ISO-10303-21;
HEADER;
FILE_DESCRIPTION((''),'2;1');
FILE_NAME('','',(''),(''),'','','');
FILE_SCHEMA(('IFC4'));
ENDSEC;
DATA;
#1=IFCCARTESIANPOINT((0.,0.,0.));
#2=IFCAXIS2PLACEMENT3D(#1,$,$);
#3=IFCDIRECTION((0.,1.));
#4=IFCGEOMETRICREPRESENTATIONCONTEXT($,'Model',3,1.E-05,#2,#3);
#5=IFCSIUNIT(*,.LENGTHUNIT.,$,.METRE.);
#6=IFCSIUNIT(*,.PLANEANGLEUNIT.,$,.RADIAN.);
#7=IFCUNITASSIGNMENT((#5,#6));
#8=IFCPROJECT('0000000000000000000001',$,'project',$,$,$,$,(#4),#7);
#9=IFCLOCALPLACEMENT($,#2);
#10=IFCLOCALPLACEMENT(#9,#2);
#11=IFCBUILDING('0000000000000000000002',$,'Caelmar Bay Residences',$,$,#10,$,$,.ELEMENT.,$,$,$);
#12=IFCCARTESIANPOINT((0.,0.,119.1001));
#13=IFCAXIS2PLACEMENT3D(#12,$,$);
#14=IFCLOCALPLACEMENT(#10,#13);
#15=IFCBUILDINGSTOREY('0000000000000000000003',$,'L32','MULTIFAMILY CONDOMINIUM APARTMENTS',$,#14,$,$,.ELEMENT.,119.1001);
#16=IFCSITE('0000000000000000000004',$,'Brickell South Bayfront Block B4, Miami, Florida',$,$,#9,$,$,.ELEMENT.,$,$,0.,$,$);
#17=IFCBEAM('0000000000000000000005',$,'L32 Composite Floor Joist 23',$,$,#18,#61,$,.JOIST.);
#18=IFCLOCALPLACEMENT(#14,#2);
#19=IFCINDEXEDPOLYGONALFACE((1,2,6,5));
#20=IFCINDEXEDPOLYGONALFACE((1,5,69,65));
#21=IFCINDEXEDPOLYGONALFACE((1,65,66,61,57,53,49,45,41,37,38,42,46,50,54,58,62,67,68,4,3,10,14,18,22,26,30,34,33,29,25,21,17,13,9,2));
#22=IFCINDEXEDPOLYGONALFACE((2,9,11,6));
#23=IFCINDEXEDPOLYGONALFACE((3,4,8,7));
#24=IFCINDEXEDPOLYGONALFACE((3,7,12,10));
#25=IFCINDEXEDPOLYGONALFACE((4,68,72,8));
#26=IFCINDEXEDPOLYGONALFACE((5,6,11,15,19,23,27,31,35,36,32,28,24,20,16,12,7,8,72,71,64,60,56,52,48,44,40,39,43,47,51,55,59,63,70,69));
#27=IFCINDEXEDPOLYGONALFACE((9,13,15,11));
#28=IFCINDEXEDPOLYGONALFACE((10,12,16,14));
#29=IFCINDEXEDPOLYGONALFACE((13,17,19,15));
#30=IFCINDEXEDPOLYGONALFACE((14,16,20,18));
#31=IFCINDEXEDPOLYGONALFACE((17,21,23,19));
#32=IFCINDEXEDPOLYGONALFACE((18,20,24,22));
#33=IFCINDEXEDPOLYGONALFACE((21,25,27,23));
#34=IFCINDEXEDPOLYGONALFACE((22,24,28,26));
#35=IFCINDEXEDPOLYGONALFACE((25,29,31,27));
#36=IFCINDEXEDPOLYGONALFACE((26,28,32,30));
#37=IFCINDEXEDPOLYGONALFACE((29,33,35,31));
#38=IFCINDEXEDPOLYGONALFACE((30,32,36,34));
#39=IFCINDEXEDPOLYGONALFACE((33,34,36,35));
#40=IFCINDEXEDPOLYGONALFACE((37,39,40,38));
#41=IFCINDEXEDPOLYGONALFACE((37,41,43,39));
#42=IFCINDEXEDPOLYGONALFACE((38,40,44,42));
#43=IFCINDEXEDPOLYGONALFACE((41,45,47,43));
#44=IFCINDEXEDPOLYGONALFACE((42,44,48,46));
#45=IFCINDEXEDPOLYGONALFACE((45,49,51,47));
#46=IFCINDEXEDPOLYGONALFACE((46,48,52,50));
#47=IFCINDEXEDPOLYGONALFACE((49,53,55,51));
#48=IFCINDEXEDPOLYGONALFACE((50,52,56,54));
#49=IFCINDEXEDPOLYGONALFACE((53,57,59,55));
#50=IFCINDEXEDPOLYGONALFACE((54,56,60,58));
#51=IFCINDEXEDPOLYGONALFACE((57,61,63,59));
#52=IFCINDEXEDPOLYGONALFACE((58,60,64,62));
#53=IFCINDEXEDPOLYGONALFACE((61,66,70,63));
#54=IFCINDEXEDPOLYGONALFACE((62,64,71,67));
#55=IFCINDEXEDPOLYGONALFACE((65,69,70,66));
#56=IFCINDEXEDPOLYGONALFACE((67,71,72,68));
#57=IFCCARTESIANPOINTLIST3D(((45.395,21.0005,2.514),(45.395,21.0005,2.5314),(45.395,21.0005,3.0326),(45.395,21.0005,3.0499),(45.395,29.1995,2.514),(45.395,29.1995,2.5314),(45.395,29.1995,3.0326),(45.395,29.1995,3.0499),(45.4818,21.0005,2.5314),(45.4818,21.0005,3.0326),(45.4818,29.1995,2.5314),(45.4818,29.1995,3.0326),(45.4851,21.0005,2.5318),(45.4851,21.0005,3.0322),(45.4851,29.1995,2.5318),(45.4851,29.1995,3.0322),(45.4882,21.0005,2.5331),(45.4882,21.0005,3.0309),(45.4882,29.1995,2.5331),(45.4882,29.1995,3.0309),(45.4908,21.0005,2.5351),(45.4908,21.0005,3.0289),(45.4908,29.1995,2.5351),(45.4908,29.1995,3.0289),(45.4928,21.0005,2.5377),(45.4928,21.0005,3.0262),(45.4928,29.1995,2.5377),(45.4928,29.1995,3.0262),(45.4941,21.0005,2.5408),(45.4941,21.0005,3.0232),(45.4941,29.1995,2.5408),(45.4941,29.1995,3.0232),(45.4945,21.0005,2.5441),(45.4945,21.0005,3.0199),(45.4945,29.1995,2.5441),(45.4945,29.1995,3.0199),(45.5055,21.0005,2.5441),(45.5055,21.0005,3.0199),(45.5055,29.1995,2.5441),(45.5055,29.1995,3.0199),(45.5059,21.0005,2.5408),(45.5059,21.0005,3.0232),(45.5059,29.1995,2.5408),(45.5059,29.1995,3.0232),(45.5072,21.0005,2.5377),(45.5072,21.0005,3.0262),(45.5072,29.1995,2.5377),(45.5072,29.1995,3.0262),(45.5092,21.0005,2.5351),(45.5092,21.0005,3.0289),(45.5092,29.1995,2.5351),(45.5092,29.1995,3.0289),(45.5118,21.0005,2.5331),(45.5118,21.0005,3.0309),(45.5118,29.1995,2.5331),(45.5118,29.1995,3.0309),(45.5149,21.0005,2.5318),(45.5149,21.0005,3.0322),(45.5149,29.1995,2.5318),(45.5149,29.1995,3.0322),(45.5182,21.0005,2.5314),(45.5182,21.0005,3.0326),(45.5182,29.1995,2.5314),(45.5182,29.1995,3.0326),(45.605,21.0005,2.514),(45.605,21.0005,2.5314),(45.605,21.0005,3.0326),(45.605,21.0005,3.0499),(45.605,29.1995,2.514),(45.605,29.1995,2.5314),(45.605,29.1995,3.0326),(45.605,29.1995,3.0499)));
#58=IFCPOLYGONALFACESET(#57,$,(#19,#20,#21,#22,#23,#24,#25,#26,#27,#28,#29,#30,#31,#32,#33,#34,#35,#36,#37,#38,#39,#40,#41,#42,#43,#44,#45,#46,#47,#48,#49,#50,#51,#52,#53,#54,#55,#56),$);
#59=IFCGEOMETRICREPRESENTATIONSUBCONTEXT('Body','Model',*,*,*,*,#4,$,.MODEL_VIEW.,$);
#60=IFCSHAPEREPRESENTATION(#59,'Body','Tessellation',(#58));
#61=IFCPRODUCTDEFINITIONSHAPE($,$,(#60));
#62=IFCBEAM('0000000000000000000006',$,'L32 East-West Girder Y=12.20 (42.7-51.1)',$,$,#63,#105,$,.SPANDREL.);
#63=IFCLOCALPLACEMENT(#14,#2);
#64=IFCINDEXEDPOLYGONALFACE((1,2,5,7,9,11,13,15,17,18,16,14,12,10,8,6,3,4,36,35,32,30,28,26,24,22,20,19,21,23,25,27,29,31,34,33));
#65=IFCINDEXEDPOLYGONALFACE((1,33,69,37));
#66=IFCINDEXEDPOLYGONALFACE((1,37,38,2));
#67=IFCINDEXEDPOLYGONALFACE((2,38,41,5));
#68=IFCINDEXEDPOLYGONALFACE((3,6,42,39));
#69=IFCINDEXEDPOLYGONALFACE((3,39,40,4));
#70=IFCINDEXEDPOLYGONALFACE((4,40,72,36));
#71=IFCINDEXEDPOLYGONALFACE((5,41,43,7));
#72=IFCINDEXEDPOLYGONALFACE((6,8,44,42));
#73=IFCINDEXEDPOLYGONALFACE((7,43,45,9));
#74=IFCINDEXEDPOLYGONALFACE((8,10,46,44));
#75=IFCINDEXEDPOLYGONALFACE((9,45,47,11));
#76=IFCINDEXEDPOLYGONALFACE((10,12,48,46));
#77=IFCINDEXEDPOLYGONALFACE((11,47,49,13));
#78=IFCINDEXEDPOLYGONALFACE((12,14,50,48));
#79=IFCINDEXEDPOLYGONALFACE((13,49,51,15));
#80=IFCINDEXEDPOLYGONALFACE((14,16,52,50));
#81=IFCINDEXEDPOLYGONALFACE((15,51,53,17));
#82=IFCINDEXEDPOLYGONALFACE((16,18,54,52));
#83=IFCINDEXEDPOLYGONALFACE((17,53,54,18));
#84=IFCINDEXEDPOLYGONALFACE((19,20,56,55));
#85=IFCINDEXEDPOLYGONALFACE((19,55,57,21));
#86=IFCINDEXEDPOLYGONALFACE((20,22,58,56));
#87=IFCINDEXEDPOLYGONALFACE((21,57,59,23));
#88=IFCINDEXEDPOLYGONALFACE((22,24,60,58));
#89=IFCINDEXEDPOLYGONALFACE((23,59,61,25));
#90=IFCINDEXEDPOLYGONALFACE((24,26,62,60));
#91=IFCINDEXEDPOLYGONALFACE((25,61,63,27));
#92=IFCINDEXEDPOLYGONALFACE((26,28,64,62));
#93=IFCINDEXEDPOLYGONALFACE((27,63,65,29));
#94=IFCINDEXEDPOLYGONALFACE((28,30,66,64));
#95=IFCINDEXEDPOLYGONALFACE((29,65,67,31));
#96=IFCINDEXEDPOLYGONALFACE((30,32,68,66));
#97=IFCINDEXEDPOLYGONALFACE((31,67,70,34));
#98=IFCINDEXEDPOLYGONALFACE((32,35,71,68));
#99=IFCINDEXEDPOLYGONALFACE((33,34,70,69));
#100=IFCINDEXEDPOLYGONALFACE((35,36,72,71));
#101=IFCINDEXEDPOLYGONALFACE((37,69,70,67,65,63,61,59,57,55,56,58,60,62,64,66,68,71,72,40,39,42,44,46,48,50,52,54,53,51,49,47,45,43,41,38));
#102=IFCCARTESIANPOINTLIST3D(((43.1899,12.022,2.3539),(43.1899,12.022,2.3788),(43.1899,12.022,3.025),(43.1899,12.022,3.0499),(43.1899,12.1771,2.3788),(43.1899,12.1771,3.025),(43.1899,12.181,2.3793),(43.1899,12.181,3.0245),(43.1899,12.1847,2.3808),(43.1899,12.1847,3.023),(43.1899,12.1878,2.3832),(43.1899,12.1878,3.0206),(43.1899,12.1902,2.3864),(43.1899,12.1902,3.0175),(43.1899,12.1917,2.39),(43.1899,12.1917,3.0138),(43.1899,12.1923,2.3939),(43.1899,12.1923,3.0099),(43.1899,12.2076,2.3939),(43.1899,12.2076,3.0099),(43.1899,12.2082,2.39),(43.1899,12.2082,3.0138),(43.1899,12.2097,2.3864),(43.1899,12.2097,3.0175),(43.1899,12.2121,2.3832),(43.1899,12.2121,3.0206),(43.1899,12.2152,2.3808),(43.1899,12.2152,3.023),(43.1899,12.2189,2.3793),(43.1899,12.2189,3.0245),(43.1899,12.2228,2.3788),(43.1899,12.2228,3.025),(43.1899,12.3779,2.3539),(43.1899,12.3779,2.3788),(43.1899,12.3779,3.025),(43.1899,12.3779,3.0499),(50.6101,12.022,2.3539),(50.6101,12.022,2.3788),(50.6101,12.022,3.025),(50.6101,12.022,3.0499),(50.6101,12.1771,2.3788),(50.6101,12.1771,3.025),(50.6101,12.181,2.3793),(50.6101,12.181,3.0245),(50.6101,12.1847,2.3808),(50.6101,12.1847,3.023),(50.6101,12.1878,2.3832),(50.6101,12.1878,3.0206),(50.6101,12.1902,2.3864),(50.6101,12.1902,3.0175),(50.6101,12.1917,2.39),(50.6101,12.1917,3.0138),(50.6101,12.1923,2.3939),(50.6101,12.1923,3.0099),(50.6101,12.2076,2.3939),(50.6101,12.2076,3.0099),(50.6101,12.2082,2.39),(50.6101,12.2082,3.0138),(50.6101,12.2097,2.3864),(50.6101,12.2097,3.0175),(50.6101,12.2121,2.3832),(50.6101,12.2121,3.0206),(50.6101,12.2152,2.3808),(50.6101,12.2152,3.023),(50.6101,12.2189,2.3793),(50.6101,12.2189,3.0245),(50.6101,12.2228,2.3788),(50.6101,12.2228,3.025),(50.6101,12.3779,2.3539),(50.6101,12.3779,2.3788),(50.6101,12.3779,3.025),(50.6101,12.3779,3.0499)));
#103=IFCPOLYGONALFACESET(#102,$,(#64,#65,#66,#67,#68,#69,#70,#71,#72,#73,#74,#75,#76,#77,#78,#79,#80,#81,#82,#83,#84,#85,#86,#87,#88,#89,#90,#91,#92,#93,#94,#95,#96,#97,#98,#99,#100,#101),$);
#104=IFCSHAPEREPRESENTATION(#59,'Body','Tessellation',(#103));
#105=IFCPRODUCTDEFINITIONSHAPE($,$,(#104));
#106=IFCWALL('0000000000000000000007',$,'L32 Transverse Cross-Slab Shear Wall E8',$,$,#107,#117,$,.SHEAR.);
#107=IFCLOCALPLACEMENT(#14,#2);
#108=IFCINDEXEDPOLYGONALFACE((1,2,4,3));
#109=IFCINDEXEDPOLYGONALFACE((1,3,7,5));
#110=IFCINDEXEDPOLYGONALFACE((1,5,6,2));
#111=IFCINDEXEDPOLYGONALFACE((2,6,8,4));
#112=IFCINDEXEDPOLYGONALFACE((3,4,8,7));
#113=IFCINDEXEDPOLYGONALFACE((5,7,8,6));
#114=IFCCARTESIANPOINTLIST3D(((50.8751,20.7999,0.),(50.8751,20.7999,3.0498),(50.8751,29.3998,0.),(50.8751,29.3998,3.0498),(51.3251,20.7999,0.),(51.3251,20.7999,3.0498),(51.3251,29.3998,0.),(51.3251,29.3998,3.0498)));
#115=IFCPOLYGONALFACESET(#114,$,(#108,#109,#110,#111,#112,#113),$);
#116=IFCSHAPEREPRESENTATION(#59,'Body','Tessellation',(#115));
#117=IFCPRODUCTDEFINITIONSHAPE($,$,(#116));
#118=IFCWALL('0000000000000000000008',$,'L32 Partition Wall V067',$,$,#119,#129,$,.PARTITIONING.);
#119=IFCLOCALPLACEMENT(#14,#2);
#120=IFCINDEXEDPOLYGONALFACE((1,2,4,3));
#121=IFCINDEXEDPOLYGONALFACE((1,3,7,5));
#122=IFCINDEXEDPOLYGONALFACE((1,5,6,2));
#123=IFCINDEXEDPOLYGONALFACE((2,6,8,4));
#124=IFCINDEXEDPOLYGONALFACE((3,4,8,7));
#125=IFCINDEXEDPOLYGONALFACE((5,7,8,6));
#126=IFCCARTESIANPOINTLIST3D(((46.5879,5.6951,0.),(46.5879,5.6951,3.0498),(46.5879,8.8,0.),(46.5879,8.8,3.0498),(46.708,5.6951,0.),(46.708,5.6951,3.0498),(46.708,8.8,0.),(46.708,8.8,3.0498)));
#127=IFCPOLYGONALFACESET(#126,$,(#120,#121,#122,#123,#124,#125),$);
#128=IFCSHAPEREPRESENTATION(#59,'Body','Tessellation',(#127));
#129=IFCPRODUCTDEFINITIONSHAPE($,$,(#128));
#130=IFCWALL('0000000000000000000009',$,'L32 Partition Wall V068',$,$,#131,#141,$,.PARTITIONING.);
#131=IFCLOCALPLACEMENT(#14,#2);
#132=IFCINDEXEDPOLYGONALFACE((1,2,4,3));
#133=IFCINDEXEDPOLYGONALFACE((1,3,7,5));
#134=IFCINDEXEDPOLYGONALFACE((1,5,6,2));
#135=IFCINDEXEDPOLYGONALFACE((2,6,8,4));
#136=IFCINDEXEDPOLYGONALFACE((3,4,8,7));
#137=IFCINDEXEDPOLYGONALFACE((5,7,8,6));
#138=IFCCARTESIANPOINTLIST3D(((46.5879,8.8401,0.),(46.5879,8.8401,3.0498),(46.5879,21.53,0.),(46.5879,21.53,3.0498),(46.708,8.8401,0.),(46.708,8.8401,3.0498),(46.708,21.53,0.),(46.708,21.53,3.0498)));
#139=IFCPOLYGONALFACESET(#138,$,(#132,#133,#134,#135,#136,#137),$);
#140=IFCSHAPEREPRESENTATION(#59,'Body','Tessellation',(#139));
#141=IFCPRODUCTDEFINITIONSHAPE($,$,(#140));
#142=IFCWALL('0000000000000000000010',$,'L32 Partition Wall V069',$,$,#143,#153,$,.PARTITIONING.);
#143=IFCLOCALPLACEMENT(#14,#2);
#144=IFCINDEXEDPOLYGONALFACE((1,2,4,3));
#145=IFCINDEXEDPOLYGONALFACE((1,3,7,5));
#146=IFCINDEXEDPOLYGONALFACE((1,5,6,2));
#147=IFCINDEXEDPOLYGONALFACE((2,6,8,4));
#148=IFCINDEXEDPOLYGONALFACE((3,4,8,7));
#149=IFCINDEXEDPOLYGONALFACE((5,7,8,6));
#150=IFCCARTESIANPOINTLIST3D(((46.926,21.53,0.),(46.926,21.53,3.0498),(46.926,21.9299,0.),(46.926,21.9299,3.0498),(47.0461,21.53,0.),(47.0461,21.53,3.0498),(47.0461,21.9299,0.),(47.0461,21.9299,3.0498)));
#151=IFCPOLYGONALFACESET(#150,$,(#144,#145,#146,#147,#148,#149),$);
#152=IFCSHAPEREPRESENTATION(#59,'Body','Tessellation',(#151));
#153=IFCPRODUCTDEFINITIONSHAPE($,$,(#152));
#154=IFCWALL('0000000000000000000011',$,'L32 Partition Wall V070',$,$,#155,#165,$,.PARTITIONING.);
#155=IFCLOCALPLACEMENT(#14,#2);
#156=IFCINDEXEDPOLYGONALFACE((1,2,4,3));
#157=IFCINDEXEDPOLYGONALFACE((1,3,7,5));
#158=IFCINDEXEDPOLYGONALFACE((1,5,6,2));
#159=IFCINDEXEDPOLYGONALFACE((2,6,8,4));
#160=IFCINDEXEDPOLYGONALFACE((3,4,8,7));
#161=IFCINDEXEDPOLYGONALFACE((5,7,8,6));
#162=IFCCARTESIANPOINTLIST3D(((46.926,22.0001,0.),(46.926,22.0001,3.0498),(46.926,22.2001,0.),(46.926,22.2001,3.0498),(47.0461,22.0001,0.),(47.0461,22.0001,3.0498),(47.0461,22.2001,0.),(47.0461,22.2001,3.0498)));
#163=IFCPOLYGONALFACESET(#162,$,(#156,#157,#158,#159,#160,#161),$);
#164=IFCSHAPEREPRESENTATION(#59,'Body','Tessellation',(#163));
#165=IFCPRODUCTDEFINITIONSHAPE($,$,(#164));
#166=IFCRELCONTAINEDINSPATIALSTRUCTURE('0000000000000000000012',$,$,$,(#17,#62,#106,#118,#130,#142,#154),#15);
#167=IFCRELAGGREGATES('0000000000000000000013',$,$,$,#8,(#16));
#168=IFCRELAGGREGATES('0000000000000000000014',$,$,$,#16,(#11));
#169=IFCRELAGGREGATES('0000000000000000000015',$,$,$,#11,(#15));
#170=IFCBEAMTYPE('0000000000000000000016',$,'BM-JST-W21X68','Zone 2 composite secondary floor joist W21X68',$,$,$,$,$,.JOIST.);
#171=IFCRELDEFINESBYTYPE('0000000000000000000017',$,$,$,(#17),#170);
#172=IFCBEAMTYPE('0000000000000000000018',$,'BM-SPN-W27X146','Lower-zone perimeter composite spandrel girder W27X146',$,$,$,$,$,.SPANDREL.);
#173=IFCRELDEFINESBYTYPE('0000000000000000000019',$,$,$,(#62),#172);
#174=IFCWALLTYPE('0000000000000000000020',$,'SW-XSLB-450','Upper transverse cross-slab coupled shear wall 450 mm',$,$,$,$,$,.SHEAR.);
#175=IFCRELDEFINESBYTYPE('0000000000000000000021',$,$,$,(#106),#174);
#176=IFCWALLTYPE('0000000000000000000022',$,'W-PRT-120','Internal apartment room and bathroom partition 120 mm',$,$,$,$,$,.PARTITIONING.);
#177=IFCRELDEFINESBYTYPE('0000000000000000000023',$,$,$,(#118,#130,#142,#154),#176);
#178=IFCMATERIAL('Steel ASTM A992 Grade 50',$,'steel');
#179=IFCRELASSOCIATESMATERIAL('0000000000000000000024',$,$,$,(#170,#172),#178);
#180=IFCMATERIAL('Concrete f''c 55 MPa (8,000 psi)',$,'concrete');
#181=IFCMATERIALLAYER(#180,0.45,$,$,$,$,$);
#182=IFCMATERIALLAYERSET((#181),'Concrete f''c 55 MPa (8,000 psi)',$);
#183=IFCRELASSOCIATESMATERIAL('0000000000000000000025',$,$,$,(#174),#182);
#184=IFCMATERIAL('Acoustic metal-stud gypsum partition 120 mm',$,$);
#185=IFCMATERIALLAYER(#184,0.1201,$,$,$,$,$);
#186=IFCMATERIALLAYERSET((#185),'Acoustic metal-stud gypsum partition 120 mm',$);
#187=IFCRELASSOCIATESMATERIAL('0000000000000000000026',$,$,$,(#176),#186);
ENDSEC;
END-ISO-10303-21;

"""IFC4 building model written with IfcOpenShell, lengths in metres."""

from ifc_helpers import new_model, si_unit, direction, frame, frame_2d, origin, origin_2d, place, context, subcontext, project, spatial, rectangle, i_section, extrude, material, layer, layer_set, material_profile, profile_set, type_object, element, save


model = new_model("IFC4")

# Units and contexts
model_context = context("Model", 3, precision=1e-05, world=origin(), true_north=direction((0.0, 1.0)))
body_context = subcontext(model_context, "Body", "Model", "MODEL_VIEW")
ifc_project = project(units=[si_unit("LENGTHUNIT", "METRE"), si_unit("PLANEANGLEUNIT", "RADIAN")], contexts=[model_context])

# Site, building, storey
site_placement = place(None, origin())
site = spatial("IfcSite", under=ifc_project, at=site_placement, Name="Brickell South Bayfront Block B4, Miami, Florida", CompositionType="ELEMENT", RefElevation=0.0)
building_placement = place(site_placement, origin())
building = spatial("IfcBuilding", under=site, at=building_placement, Name="Caelmar Bay Residences", CompositionType="ELEMENT")
storey_placement = place(building_placement, frame((0.0, 0.0, 119.1001)))
storey = spatial("IfcBuildingStorey", under=building, at=storey_placement, Name="L32", Description="MULTIFAMILY CONDOMINIUM APARTMENTS", CompositionType="ELEMENT", Elevation=119.1001)

# Beams
ifc_material_1 = material(Name="Steel ASTM A992 Grade 50", Category="steel")
ifc_material_profile_1 = material_profile(ifc_material_1, i_section(OverallWidth=0.21, OverallDepth=0.5359, WebThickness=0.011, FlangeThickness=0.0173, FilletRadius=0.0127, at=origin_2d()), Name="W21X68")
ifc_profile_set_1 = profile_set([ifc_material_profile_1], Name="Steel ASTM A992 Grade 50")
beam_type_1 = type_object("IfcBeamType", Name="BM-JST-W21X68", Description="Zone 2 composite secondary floor joist W21X68", PredefinedType="JOIST", material=ifc_profile_set_1)
for number, where, z_axis, x_axis, name in (
    (1, (45.5, 21.0005, 2.782), (0.0, 1.0, 0.0), (-1.0, 0.0, 0.0), "L32 Composite Floor Joist 23"),
):
    element("IfcBeam", number, at=place(storey_placement, frame(where, z_axis=z_axis, x_axis=x_axis)), inside=storey, type_object=beam_type_1, Name=name, PredefinedType="JOIST", context=body_context, shape_type="SweptSolid", body=[
        extrude(i_section(OverallWidth=0.21, OverallDepth=0.5359, WebThickness=0.011, FlangeThickness=0.0173, FilletRadius=0.0127, at=origin_2d()), origin(), (0.0, 0.0, 1.0), 8.199),
    ])
ifc_material_profile_2 = material_profile(ifc_material_1, i_section(OverallWidth=0.356, OverallDepth=0.696, WebThickness=0.0154, FlangeThickness=0.0249, FilletRadius=0.0151, at=origin_2d()), Name="W27X146")
ifc_profile_set_2 = profile_set([ifc_material_profile_2], Name="Steel ASTM A992 Grade 50")
beam_type_2 = type_object("IfcBeamType", Name="BM-SPN-W27X146", Description="Lower-zone perimeter composite spandrel girder W27X146", PredefinedType="SPANDREL", material=ifc_profile_set_2)
beam_1_placement = place(storey_placement, frame((43.1899, 12.2, 2.7019), z_axis=(1.0, 0.0, 0.0), x_axis=(0.0, 1.0, 0.0)))
element("IfcBeam", 2, at=beam_1_placement, inside=storey, type_object=beam_type_2, Name="L32 East-West Girder Y=12.20 (42.7-51.1)", PredefinedType="SPANDREL", context=body_context, shape_type="SweptSolid", body=[
    extrude(i_section(OverallWidth=0.356, OverallDepth=0.696, WebThickness=0.0154, FlangeThickness=0.0249, FilletRadius=0.0151, at=origin_2d()), origin(), (0.0, 0.0, 1.0), 7.4202),
])

# Walls
ifc_material_2 = material(Name="Concrete f'c 55 MPa (8,000 psi)", Category="concrete")
ifc_layer_1 = layer(ifc_material_2, 0.45)
ifc_layer_set_1 = layer_set([ifc_layer_1], Name="Concrete f'c 55 MPa (8,000 psi)")
wall_type_1 = type_object("IfcWallType", Name="SW-XSLB-450", Description="Upper transverse cross-slab coupled shear wall 450 mm", PredefinedType="SHEAR", material=ifc_layer_set_1)
wall_1_placement = place(storey_placement, frame((51.1001, 20.8, 0.0), z_axis=(0.0, 0.0, 1.0), x_axis=(0.0, 1.0, 0.0)))
element("IfcWall", 3, at=wall_1_placement, inside=storey, type_object=wall_type_1, Name="L32 Transverse Cross-Slab Shear Wall E8", PredefinedType="SHEAR", context=body_context, shape_type="SweptSolid", body=[
    extrude(rectangle(XDim=8.5999, YDim=0.45, at=frame_2d((4.2998, 0.0))), origin(), (0.0, 0.0, 1.0), 3.0498),
])
ifc_material_3 = material(Name="Acoustic metal-stud gypsum partition 120 mm")
ifc_layer_2 = layer(ifc_material_3, 0.1201)
ifc_layer_set_2 = layer_set([ifc_layer_2], Name="Acoustic metal-stud gypsum partition 120 mm")
wall_type_2 = type_object("IfcWallType", Name="W-PRT-120", Description="Internal apartment room and bathroom partition 120 mm", PredefinedType="PARTITIONING", material=ifc_layer_set_2)
wall_2_placement = place(storey_placement, frame((46.6479, 5.6951, 0.0), z_axis=(0.0, 0.0, 1.0), x_axis=(0.0, 1.0, 0.0)))
element("IfcWall", 4, at=wall_2_placement, inside=storey, type_object=wall_type_2, Name="L32 Partition Wall V067", PredefinedType="PARTITIONING", context=body_context, shape_type="SweptSolid", body=[
    extrude(rectangle(XDim=3.105, YDim=0.1201, at=frame_2d((1.5525, 0.0))), origin(), (0.0, 0.0, 1.0), 3.0498),
])
wall_3_placement = place(storey_placement, frame((46.6479, 8.8401, 0.0), z_axis=(0.0, 0.0, 1.0), x_axis=(0.0, 1.0, 0.0)))
element("IfcWall", 5, at=wall_3_placement, inside=storey, type_object=wall_type_2, Name="L32 Partition Wall V068", PredefinedType="PARTITIONING", context=body_context, shape_type="SweptSolid", body=[
    extrude(rectangle(XDim=12.6899, YDim=0.1201, at=frame_2d((6.345, 0.0))), origin(), (0.0, 0.0, 1.0), 3.0498),
])
wall_4_placement = place(storey_placement, frame((46.9861, 21.53, 0.0), z_axis=(0.0, 0.0, 1.0), x_axis=(0.0, 1.0, 0.0)))
element("IfcWall", 6, at=wall_4_placement, inside=storey, type_object=wall_type_2, Name="L32 Partition Wall V069", PredefinedType="PARTITIONING", context=body_context, shape_type="SweptSolid", body=[
    extrude(rectangle(XDim=0.3999, YDim=0.1201, at=frame_2d((0.2, 0.0))), origin(), (0.0, 0.0, 1.0), 3.0498),
])
wall_5_placement = place(storey_placement, frame((46.9861, 22.0, 0.0), z_axis=(0.0, 0.0, 1.0), x_axis=(0.0, 1.0, 0.0)))
element("IfcWall", 7, at=wall_5_placement, inside=storey, type_object=wall_type_2, Name="L32 Partition Wall V070", PredefinedType="PARTITIONING", context=body_context, shape_type="SweptSolid", body=[
    extrude(rectangle(XDim=0.2, YDim=0.1201, at=frame_2d((0.1001, 0.0))), origin(), (0.0, 0.0, 1.0), 3.0498),
])

save(model, "model.ifc")
